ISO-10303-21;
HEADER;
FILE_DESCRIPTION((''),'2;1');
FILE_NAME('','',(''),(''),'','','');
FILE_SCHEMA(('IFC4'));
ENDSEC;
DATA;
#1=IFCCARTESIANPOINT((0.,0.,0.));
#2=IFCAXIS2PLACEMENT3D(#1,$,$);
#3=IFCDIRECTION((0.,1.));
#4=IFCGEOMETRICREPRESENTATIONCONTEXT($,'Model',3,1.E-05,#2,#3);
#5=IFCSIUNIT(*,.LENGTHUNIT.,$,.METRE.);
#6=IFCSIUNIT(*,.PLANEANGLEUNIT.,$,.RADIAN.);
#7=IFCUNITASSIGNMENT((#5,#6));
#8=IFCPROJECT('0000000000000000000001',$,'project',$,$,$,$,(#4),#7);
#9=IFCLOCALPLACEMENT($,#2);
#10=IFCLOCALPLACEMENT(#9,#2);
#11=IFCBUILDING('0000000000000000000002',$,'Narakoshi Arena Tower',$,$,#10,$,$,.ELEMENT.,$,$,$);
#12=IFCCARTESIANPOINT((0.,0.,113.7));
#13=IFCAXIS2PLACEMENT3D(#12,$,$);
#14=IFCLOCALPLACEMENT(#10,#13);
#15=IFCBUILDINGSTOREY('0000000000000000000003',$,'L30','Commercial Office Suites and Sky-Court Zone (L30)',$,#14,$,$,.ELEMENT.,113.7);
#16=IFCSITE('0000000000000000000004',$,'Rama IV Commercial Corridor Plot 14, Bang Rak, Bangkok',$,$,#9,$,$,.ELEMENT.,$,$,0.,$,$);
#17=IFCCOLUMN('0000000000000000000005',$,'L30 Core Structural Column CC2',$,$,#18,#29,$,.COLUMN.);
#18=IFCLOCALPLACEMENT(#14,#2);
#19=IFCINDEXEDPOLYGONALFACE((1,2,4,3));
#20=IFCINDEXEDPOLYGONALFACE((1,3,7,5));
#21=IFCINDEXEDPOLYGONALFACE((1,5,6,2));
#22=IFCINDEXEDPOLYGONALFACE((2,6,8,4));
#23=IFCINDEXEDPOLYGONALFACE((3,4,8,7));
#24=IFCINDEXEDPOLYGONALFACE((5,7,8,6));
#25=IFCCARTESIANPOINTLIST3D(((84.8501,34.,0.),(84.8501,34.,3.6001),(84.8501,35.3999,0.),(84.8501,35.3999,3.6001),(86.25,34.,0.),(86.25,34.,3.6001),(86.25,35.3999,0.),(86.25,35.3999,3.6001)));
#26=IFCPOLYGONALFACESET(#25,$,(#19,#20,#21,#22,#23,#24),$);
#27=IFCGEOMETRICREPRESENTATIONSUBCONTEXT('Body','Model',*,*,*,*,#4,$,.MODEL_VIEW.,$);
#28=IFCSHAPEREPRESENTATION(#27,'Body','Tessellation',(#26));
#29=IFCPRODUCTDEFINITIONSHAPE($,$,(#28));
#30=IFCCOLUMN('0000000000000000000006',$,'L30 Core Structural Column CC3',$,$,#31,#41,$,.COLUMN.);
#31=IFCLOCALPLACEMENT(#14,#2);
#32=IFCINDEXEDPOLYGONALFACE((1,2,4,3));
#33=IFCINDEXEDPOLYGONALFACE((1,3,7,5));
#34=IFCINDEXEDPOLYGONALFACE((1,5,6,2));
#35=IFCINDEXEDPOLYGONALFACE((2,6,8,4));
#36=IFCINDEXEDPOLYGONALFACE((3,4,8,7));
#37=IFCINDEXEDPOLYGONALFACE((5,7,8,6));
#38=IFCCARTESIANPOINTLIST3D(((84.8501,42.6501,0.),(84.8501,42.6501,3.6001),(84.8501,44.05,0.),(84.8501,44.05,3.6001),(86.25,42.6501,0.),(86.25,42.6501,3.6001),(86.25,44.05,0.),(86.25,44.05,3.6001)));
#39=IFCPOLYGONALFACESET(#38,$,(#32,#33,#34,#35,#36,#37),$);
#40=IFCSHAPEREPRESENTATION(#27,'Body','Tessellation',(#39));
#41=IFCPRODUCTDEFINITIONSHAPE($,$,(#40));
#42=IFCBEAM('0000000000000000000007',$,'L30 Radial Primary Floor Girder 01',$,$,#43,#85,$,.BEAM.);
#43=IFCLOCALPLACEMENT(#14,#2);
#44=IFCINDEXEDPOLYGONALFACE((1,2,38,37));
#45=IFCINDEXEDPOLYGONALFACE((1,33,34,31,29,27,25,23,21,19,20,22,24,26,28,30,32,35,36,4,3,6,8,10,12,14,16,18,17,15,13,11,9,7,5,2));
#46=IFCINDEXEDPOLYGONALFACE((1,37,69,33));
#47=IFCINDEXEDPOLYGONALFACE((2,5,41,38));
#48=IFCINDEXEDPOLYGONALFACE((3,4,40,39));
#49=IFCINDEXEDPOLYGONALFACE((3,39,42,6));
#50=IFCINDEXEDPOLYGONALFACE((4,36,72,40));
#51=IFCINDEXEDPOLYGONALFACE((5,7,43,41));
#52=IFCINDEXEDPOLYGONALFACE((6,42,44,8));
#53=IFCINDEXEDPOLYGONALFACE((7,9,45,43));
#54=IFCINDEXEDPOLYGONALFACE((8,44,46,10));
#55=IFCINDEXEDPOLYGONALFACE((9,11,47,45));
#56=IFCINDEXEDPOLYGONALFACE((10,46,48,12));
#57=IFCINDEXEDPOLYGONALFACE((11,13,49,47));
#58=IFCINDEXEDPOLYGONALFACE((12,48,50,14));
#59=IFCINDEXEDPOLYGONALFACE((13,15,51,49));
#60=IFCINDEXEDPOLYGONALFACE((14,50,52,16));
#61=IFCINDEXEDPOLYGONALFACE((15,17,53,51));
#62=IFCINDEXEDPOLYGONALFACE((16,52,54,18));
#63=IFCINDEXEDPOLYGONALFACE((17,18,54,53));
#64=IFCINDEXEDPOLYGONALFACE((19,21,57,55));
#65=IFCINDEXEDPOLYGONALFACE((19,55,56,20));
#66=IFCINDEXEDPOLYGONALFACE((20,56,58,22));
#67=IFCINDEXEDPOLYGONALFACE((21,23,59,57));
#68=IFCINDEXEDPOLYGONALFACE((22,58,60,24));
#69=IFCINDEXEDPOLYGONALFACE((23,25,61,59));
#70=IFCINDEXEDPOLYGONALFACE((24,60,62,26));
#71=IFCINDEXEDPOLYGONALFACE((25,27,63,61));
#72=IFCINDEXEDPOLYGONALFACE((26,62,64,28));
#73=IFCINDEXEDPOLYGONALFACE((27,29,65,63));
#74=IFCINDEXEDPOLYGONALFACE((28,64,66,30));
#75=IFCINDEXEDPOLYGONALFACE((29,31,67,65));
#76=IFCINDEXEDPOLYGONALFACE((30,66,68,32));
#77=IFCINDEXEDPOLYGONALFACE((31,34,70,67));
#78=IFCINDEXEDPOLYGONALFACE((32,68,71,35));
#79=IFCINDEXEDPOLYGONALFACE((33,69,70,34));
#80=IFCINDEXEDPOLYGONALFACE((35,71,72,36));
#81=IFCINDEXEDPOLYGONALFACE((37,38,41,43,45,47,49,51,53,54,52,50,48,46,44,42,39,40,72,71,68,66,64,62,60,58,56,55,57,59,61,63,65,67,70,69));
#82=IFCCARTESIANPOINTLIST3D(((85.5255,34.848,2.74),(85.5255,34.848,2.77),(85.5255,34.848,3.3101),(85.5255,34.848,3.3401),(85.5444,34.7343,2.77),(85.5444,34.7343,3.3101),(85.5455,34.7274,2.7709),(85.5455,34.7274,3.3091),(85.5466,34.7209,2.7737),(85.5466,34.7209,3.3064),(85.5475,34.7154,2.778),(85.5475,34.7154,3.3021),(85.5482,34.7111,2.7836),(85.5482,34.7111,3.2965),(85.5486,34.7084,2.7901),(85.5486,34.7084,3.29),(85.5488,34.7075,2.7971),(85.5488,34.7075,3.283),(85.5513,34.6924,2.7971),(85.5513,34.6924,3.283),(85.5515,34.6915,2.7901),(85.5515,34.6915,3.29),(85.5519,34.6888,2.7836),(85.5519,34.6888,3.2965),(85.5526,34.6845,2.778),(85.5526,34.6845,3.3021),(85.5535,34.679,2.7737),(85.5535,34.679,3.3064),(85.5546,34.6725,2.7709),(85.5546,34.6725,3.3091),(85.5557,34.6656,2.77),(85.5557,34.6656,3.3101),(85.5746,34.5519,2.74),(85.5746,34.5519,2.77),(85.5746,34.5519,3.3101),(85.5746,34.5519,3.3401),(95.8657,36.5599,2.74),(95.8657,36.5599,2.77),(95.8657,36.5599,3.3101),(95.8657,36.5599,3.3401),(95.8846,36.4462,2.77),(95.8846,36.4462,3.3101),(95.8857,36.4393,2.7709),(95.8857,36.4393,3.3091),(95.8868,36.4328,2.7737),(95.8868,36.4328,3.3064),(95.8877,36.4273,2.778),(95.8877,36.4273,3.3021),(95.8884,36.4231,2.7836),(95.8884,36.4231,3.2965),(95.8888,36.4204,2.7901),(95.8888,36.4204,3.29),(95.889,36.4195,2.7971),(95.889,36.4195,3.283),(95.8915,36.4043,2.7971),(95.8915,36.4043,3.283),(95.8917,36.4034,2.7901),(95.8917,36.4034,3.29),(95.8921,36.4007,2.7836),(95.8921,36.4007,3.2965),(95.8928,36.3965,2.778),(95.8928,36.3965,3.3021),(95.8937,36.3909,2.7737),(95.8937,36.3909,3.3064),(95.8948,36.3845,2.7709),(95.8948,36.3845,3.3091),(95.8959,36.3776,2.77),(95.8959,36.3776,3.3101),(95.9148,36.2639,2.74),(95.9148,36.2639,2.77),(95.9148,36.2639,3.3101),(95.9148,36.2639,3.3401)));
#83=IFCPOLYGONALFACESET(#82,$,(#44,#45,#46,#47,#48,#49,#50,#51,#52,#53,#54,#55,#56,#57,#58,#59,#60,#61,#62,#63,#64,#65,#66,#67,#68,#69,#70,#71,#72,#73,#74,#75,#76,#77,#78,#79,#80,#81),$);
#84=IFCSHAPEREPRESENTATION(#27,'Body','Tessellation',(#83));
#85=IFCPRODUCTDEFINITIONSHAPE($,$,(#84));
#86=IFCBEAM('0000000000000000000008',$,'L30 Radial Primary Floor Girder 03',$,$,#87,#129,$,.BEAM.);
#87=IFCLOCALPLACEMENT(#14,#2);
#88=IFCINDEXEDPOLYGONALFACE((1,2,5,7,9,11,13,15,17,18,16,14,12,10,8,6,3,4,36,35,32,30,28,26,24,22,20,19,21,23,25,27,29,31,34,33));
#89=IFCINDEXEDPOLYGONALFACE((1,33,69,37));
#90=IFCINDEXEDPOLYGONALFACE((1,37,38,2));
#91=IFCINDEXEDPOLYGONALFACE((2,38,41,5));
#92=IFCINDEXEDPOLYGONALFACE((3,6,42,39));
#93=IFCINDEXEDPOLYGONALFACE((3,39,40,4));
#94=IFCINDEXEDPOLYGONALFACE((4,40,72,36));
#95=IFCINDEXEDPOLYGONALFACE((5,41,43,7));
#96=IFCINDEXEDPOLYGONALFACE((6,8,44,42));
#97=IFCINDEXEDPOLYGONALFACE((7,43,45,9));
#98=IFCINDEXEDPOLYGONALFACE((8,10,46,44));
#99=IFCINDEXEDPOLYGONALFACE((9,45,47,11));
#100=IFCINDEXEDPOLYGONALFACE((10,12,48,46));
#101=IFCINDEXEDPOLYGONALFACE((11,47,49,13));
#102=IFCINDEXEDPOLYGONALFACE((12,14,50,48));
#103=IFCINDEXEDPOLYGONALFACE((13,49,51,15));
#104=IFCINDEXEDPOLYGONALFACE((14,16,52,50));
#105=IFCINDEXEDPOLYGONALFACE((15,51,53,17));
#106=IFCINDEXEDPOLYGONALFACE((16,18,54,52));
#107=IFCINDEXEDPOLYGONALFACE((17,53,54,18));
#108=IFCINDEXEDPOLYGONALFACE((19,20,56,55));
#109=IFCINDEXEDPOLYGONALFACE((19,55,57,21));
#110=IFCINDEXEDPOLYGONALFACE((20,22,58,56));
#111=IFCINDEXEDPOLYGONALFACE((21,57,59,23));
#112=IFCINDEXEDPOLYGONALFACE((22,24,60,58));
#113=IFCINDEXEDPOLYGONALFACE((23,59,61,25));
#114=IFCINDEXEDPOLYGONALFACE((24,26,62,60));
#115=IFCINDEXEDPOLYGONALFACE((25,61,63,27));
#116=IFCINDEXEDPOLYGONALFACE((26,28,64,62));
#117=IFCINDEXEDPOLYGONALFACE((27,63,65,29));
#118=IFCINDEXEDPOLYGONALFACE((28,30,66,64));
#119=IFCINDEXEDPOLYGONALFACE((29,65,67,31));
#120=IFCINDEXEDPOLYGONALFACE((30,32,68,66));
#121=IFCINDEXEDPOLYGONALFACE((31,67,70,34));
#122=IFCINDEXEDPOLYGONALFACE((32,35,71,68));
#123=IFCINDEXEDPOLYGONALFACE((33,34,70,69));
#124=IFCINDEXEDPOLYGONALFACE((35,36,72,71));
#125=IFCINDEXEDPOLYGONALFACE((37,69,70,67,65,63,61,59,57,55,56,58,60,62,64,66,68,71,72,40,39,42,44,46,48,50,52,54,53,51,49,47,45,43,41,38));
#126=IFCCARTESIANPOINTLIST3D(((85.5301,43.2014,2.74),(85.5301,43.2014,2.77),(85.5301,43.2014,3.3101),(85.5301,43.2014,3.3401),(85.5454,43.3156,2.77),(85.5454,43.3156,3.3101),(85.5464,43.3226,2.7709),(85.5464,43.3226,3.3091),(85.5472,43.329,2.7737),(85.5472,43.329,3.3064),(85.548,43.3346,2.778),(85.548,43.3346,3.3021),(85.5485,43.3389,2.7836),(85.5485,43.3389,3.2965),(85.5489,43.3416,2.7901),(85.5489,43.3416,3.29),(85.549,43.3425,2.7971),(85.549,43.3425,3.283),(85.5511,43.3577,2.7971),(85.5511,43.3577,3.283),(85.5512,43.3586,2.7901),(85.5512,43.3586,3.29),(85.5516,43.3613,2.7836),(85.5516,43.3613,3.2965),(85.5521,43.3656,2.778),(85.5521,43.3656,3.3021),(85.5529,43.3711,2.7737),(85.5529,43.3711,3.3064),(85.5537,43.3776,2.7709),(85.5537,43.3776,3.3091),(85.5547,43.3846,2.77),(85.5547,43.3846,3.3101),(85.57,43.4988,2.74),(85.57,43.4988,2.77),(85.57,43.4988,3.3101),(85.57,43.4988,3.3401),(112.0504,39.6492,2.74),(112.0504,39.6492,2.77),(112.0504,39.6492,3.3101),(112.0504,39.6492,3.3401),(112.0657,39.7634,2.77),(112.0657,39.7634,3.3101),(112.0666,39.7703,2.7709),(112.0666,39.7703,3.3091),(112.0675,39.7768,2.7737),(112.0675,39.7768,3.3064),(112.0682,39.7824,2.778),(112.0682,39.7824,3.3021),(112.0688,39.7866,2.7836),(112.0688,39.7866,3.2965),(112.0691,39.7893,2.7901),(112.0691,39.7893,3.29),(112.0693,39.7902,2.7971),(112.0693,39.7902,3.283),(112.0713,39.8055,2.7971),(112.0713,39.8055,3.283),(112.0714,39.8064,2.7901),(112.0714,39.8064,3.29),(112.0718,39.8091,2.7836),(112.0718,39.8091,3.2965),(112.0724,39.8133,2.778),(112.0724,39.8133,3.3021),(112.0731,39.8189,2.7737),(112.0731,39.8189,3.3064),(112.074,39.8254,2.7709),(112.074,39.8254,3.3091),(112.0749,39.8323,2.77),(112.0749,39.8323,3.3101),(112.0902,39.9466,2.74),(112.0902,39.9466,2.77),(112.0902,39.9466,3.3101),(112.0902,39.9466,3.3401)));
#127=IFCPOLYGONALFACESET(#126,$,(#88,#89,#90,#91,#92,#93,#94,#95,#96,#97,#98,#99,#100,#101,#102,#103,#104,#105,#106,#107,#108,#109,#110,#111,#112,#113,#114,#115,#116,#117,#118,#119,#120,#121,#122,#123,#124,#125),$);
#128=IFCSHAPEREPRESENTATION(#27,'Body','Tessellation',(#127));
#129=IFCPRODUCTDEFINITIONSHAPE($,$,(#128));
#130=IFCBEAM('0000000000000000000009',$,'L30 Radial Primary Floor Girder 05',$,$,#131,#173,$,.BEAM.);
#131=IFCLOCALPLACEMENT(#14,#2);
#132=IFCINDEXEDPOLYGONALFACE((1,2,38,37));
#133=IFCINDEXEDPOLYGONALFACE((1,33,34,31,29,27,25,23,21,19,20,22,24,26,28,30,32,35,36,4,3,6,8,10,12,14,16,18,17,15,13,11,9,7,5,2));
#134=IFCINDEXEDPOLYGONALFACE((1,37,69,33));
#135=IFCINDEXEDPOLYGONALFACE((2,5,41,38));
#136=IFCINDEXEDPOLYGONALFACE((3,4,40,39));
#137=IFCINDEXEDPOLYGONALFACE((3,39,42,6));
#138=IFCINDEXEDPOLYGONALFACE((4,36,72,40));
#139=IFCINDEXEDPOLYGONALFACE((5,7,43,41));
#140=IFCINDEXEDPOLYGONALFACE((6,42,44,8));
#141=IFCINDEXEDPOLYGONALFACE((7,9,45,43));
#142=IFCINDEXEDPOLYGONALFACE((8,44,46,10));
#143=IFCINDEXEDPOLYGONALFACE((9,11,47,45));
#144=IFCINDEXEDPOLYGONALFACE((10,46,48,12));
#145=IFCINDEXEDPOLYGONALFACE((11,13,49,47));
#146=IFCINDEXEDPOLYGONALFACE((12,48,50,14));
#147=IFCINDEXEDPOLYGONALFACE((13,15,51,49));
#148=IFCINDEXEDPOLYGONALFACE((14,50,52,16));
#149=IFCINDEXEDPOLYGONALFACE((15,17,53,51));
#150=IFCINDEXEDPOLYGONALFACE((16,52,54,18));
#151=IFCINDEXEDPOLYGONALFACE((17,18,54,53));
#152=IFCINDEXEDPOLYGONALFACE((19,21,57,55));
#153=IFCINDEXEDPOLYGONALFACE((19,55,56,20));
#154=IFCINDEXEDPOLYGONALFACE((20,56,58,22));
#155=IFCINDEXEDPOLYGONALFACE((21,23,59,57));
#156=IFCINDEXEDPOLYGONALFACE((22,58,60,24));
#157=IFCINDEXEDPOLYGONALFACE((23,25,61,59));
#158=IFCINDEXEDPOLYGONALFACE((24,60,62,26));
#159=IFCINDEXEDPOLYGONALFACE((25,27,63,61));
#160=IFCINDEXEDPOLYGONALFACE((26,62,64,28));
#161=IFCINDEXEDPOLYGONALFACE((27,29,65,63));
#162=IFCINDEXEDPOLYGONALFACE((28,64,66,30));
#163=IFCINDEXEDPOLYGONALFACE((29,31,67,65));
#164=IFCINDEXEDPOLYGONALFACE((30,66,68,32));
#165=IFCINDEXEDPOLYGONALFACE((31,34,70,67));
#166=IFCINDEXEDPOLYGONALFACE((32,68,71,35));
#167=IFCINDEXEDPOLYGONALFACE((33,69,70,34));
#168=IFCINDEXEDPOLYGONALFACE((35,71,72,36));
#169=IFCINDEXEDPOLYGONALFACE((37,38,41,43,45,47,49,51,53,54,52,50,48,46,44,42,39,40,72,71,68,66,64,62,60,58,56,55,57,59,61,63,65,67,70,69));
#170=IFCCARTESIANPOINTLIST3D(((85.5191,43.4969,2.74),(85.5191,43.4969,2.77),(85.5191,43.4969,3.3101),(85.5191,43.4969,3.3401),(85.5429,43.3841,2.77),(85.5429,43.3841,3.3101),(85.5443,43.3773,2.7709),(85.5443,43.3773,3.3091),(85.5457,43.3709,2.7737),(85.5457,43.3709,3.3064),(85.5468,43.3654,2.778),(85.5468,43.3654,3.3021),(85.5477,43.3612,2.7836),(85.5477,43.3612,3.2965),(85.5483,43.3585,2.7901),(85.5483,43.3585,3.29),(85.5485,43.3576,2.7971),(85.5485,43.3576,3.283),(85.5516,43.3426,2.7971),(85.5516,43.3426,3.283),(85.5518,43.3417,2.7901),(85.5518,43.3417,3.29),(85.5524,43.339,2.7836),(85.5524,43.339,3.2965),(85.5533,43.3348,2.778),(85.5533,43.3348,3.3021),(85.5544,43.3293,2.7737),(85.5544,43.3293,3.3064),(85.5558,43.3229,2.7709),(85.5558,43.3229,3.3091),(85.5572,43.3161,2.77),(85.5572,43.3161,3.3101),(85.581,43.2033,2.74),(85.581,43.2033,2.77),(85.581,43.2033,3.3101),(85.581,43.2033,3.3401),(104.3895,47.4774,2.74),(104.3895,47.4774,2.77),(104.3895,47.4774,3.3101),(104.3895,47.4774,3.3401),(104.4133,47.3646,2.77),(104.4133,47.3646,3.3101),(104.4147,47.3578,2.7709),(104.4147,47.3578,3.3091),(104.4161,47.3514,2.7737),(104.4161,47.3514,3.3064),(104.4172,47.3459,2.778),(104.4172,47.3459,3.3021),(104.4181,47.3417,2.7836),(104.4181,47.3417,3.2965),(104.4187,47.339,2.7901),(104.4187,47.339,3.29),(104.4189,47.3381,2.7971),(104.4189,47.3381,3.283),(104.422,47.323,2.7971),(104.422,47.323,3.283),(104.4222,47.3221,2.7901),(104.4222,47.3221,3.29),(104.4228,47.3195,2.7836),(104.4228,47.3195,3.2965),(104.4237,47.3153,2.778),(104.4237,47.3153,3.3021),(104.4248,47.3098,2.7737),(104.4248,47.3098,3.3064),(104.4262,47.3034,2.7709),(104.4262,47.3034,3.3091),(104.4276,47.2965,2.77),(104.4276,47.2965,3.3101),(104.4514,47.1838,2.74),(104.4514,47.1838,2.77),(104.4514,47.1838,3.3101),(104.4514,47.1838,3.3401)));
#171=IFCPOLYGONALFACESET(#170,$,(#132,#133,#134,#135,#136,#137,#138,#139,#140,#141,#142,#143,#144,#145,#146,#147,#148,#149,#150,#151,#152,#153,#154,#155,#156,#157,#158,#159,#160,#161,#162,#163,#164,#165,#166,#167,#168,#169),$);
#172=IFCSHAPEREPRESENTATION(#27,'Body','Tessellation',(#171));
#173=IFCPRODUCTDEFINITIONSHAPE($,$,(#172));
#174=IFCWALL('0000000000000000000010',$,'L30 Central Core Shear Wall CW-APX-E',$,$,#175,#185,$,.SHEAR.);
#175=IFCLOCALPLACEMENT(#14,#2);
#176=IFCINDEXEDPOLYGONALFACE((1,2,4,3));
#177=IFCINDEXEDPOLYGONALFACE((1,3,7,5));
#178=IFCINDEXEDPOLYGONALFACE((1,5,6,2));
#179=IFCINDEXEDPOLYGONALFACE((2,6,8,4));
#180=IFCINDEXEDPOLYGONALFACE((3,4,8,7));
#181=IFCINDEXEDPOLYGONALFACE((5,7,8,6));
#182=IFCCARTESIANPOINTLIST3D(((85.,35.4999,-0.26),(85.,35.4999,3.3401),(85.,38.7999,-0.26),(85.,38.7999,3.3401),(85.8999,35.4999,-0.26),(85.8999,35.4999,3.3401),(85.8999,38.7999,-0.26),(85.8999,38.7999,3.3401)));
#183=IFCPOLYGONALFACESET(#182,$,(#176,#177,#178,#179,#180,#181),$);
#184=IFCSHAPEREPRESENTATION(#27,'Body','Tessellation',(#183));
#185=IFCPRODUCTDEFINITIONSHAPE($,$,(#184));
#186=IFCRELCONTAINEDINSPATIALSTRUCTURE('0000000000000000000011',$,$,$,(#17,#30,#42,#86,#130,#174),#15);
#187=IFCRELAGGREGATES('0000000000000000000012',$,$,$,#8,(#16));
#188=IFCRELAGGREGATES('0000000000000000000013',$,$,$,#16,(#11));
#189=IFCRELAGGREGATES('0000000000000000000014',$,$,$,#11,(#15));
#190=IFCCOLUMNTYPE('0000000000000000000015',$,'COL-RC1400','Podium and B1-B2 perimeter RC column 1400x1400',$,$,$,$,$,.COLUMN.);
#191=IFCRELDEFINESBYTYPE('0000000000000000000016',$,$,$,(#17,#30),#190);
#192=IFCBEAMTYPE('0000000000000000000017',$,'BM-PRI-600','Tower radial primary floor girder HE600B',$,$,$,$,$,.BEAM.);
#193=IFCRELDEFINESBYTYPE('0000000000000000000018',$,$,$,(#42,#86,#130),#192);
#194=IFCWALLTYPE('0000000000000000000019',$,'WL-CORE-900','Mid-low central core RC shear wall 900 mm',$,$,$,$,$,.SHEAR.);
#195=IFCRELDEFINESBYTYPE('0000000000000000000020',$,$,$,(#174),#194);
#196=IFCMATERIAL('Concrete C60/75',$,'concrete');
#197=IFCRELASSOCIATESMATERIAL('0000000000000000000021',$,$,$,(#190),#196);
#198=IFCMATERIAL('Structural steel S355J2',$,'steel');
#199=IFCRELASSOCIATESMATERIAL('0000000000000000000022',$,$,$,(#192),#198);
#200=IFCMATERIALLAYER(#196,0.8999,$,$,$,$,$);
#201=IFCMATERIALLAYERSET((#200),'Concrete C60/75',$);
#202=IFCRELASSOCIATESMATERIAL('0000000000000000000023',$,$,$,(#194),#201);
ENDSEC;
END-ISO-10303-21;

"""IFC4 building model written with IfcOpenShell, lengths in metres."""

from ifc_helpers import new_model, si_unit, direction, frame, frame_2d, origin, origin_2d, place, context, subcontext, project, spatial, rectangle, i_section, extrude, material, layer, layer_set, material_profile, profile_set, type_object, element, save


model = new_model("IFC4")

# Units and contexts
model_context = context("Model", 3, precision=1e-05, world=origin(), true_north=direction((0.0, 1.0)))
body_context = subcontext(model_context, "Body", "Model", "MODEL_VIEW")
ifc_project = project(units=[si_unit("LENGTHUNIT", "METRE"), si_unit("PLANEANGLEUNIT", "RADIAN")], contexts=[model_context])

# Site, building, storey
site_placement = place(None, origin())
site = spatial("IfcSite", under=ifc_project, at=site_placement, Name="Rama IV Commercial Corridor Plot 14, Bang Rak, Bangkok", CompositionType="ELEMENT", RefElevation=0.0)
building_placement = place(site_placement, origin())
building = spatial("IfcBuilding", under=site, at=building_placement, Name="Narakoshi Arena Tower", CompositionType="ELEMENT")
storey_placement = place(building_placement, frame((0.0, 0.0, 113.7)))
storey = spatial("IfcBuildingStorey", under=building, at=storey_placement, Name="L30", Description="Commercial Office Suites and Sky-Court Zone (L30)", CompositionType="ELEMENT", Elevation=113.7)

# Columns
ifc_material_1 = material(Name="Concrete C60/75", Category="concrete")
ifc_material_profile_1 = material_profile(ifc_material_1, rectangle(XDim=1.3999, YDim=1.3999, at=origin_2d()), Name="RC1400x1400")
ifc_profile_set_1 = profile_set([ifc_material_profile_1], Name="Concrete C60/75")
column_type = type_object("IfcColumnType", Name="COL-RC1400", Description="Podium and B1-B2 perimeter RC column 1400x1400", PredefinedType="COLUMN", material=ifc_profile_set_1)
for number, where, z_axis, x_axis, name in (
    (1, (85.55, 34.7, 0.0), (0.0, 0.0, 1.0), (1.0, 0.0, 0.0), "L30 Core Structural Column CC2"),
    (2, (85.55, 43.3501, 0.0), (0.0, 0.0, 1.0), (1.0, 0.0, 0.0), "L30 Core Structural Column CC3"),
):
    element("IfcColumn", number, at=place(storey_placement, frame(where, z_axis=z_axis, x_axis=x_axis)), inside=storey, type_object=column_type, Name=name, PredefinedType="COLUMN", context=body_context, shape_type="SweptSolid", body=[
        extrude(rectangle(XDim=1.3999, YDim=1.3999, at=origin_2d()), origin(), (0.0, 0.0, 1.0), 3.6001),
    ])

# Beams
ifc_material_2 = material(Name="Structural steel S355J2", Category="steel")
ifc_material_profile_2 = material_profile(ifc_material_2, i_section(OverallWidth=0.3, OverallDepth=0.6001, WebThickness=0.0154, FlangeThickness=0.03, FilletRadius=0.0271, at=origin_2d()), Name="HE600B")
ifc_profile_set_2 = profile_set([ifc_material_profile_2], Name="Structural steel S355J2")
beam_type = type_object("IfcBeamType", Name="BM-PRI-600", Description="Tower radial primary floor girder HE600B", PredefinedType="BEAM", material=ifc_profile_set_2)
beam_1_placement = place(storey_placement, frame((85.55, 34.7, 3.04), z_axis=(0.98657, 0.163337, 0.0), x_axis=(-0.163337, 0.98657, 0.0)))
element("IfcBeam", 3, at=beam_1_placement, inside=storey, type_object=beam_type, Name="L30 Radial Primary Floor Girder 01", PredefinedType="BEAM", context=body_context, shape_type="SweptSolid", body=[
    extrude(i_section(OverallWidth=0.3, OverallDepth=0.6001, WebThickness=0.0154, FlangeThickness=0.03, FilletRadius=0.0271, at=origin_2d()), origin(), (0.0, 0.0, 1.0), 10.481),
])
beam_2_placement = place(storey_placement, frame((85.55, 43.3501, 3.04), z_axis=(0.991148, -0.132759, 0.0), x_axis=(0.132759, 0.991148, 0.0)))
element("IfcBeam", 4, at=beam_2_placement, inside=storey, type_object=beam_type, Name="L30 Radial Primary Floor Girder 03", PredefinedType="BEAM", context=body_context, shape_type="SweptSolid", body=[
    extrude(i_section(OverallWidth=0.3, OverallDepth=0.6001, WebThickness=0.0154, FlangeThickness=0.03, FilletRadius=0.0271, at=origin_2d()), origin(), (0.0, 0.0, 1.0), 26.7571),
])
beam_3_placement = place(storey_placement, frame((85.55, 43.3501, 3.04), z_axis=(0.978469, 0.206396, 0.0), x_axis=(-0.206396, 0.978469, 0.0)))
element("IfcBeam", 5, at=beam_3_placement, inside=storey, type_object=beam_type, Name="L30 Radial Primary Floor Girder 05", PredefinedType="BEAM", context=body_context, shape_type="SweptSolid", body=[
    extrude(i_section(OverallWidth=0.3, OverallDepth=0.6001, WebThickness=0.0154, FlangeThickness=0.03, FilletRadius=0.0271, at=origin_2d()), origin(), (0.0, 0.0, 1.0), 19.2856),
])

# Wall
ifc_layer_1 = layer(ifc_material_1, 0.8999)
ifc_layer_set_1 = layer_set([ifc_layer_1], Name="Concrete C60/75")
wall_type_1 = type_object("IfcWallType", Name="WL-CORE-900", Description="Mid-low central core RC shear wall 900 mm", PredefinedType="SHEAR", material=ifc_layer_set_1)
wall_1_placement = place(storey_placement, frame((85.45, 35.5, -0.26), z_axis=(0.0, 0.0, 1.0), x_axis=(0.0, 1.0, 0.0)))
element("IfcWall", 6, at=wall_1_placement, inside=storey, type_object=wall_type_1, Name="L30 Central Core Shear Wall CW-APX-E", PredefinedType="SHEAR", context=body_context, shape_type="SweptSolid", body=[
    extrude(rectangle(XDim=3.3, YDim=0.8999, at=frame_2d((1.6499, 0.0))), origin(), (0.0, 0.0, 1.0), 3.6001),
])

save(model, "model.ifc")
